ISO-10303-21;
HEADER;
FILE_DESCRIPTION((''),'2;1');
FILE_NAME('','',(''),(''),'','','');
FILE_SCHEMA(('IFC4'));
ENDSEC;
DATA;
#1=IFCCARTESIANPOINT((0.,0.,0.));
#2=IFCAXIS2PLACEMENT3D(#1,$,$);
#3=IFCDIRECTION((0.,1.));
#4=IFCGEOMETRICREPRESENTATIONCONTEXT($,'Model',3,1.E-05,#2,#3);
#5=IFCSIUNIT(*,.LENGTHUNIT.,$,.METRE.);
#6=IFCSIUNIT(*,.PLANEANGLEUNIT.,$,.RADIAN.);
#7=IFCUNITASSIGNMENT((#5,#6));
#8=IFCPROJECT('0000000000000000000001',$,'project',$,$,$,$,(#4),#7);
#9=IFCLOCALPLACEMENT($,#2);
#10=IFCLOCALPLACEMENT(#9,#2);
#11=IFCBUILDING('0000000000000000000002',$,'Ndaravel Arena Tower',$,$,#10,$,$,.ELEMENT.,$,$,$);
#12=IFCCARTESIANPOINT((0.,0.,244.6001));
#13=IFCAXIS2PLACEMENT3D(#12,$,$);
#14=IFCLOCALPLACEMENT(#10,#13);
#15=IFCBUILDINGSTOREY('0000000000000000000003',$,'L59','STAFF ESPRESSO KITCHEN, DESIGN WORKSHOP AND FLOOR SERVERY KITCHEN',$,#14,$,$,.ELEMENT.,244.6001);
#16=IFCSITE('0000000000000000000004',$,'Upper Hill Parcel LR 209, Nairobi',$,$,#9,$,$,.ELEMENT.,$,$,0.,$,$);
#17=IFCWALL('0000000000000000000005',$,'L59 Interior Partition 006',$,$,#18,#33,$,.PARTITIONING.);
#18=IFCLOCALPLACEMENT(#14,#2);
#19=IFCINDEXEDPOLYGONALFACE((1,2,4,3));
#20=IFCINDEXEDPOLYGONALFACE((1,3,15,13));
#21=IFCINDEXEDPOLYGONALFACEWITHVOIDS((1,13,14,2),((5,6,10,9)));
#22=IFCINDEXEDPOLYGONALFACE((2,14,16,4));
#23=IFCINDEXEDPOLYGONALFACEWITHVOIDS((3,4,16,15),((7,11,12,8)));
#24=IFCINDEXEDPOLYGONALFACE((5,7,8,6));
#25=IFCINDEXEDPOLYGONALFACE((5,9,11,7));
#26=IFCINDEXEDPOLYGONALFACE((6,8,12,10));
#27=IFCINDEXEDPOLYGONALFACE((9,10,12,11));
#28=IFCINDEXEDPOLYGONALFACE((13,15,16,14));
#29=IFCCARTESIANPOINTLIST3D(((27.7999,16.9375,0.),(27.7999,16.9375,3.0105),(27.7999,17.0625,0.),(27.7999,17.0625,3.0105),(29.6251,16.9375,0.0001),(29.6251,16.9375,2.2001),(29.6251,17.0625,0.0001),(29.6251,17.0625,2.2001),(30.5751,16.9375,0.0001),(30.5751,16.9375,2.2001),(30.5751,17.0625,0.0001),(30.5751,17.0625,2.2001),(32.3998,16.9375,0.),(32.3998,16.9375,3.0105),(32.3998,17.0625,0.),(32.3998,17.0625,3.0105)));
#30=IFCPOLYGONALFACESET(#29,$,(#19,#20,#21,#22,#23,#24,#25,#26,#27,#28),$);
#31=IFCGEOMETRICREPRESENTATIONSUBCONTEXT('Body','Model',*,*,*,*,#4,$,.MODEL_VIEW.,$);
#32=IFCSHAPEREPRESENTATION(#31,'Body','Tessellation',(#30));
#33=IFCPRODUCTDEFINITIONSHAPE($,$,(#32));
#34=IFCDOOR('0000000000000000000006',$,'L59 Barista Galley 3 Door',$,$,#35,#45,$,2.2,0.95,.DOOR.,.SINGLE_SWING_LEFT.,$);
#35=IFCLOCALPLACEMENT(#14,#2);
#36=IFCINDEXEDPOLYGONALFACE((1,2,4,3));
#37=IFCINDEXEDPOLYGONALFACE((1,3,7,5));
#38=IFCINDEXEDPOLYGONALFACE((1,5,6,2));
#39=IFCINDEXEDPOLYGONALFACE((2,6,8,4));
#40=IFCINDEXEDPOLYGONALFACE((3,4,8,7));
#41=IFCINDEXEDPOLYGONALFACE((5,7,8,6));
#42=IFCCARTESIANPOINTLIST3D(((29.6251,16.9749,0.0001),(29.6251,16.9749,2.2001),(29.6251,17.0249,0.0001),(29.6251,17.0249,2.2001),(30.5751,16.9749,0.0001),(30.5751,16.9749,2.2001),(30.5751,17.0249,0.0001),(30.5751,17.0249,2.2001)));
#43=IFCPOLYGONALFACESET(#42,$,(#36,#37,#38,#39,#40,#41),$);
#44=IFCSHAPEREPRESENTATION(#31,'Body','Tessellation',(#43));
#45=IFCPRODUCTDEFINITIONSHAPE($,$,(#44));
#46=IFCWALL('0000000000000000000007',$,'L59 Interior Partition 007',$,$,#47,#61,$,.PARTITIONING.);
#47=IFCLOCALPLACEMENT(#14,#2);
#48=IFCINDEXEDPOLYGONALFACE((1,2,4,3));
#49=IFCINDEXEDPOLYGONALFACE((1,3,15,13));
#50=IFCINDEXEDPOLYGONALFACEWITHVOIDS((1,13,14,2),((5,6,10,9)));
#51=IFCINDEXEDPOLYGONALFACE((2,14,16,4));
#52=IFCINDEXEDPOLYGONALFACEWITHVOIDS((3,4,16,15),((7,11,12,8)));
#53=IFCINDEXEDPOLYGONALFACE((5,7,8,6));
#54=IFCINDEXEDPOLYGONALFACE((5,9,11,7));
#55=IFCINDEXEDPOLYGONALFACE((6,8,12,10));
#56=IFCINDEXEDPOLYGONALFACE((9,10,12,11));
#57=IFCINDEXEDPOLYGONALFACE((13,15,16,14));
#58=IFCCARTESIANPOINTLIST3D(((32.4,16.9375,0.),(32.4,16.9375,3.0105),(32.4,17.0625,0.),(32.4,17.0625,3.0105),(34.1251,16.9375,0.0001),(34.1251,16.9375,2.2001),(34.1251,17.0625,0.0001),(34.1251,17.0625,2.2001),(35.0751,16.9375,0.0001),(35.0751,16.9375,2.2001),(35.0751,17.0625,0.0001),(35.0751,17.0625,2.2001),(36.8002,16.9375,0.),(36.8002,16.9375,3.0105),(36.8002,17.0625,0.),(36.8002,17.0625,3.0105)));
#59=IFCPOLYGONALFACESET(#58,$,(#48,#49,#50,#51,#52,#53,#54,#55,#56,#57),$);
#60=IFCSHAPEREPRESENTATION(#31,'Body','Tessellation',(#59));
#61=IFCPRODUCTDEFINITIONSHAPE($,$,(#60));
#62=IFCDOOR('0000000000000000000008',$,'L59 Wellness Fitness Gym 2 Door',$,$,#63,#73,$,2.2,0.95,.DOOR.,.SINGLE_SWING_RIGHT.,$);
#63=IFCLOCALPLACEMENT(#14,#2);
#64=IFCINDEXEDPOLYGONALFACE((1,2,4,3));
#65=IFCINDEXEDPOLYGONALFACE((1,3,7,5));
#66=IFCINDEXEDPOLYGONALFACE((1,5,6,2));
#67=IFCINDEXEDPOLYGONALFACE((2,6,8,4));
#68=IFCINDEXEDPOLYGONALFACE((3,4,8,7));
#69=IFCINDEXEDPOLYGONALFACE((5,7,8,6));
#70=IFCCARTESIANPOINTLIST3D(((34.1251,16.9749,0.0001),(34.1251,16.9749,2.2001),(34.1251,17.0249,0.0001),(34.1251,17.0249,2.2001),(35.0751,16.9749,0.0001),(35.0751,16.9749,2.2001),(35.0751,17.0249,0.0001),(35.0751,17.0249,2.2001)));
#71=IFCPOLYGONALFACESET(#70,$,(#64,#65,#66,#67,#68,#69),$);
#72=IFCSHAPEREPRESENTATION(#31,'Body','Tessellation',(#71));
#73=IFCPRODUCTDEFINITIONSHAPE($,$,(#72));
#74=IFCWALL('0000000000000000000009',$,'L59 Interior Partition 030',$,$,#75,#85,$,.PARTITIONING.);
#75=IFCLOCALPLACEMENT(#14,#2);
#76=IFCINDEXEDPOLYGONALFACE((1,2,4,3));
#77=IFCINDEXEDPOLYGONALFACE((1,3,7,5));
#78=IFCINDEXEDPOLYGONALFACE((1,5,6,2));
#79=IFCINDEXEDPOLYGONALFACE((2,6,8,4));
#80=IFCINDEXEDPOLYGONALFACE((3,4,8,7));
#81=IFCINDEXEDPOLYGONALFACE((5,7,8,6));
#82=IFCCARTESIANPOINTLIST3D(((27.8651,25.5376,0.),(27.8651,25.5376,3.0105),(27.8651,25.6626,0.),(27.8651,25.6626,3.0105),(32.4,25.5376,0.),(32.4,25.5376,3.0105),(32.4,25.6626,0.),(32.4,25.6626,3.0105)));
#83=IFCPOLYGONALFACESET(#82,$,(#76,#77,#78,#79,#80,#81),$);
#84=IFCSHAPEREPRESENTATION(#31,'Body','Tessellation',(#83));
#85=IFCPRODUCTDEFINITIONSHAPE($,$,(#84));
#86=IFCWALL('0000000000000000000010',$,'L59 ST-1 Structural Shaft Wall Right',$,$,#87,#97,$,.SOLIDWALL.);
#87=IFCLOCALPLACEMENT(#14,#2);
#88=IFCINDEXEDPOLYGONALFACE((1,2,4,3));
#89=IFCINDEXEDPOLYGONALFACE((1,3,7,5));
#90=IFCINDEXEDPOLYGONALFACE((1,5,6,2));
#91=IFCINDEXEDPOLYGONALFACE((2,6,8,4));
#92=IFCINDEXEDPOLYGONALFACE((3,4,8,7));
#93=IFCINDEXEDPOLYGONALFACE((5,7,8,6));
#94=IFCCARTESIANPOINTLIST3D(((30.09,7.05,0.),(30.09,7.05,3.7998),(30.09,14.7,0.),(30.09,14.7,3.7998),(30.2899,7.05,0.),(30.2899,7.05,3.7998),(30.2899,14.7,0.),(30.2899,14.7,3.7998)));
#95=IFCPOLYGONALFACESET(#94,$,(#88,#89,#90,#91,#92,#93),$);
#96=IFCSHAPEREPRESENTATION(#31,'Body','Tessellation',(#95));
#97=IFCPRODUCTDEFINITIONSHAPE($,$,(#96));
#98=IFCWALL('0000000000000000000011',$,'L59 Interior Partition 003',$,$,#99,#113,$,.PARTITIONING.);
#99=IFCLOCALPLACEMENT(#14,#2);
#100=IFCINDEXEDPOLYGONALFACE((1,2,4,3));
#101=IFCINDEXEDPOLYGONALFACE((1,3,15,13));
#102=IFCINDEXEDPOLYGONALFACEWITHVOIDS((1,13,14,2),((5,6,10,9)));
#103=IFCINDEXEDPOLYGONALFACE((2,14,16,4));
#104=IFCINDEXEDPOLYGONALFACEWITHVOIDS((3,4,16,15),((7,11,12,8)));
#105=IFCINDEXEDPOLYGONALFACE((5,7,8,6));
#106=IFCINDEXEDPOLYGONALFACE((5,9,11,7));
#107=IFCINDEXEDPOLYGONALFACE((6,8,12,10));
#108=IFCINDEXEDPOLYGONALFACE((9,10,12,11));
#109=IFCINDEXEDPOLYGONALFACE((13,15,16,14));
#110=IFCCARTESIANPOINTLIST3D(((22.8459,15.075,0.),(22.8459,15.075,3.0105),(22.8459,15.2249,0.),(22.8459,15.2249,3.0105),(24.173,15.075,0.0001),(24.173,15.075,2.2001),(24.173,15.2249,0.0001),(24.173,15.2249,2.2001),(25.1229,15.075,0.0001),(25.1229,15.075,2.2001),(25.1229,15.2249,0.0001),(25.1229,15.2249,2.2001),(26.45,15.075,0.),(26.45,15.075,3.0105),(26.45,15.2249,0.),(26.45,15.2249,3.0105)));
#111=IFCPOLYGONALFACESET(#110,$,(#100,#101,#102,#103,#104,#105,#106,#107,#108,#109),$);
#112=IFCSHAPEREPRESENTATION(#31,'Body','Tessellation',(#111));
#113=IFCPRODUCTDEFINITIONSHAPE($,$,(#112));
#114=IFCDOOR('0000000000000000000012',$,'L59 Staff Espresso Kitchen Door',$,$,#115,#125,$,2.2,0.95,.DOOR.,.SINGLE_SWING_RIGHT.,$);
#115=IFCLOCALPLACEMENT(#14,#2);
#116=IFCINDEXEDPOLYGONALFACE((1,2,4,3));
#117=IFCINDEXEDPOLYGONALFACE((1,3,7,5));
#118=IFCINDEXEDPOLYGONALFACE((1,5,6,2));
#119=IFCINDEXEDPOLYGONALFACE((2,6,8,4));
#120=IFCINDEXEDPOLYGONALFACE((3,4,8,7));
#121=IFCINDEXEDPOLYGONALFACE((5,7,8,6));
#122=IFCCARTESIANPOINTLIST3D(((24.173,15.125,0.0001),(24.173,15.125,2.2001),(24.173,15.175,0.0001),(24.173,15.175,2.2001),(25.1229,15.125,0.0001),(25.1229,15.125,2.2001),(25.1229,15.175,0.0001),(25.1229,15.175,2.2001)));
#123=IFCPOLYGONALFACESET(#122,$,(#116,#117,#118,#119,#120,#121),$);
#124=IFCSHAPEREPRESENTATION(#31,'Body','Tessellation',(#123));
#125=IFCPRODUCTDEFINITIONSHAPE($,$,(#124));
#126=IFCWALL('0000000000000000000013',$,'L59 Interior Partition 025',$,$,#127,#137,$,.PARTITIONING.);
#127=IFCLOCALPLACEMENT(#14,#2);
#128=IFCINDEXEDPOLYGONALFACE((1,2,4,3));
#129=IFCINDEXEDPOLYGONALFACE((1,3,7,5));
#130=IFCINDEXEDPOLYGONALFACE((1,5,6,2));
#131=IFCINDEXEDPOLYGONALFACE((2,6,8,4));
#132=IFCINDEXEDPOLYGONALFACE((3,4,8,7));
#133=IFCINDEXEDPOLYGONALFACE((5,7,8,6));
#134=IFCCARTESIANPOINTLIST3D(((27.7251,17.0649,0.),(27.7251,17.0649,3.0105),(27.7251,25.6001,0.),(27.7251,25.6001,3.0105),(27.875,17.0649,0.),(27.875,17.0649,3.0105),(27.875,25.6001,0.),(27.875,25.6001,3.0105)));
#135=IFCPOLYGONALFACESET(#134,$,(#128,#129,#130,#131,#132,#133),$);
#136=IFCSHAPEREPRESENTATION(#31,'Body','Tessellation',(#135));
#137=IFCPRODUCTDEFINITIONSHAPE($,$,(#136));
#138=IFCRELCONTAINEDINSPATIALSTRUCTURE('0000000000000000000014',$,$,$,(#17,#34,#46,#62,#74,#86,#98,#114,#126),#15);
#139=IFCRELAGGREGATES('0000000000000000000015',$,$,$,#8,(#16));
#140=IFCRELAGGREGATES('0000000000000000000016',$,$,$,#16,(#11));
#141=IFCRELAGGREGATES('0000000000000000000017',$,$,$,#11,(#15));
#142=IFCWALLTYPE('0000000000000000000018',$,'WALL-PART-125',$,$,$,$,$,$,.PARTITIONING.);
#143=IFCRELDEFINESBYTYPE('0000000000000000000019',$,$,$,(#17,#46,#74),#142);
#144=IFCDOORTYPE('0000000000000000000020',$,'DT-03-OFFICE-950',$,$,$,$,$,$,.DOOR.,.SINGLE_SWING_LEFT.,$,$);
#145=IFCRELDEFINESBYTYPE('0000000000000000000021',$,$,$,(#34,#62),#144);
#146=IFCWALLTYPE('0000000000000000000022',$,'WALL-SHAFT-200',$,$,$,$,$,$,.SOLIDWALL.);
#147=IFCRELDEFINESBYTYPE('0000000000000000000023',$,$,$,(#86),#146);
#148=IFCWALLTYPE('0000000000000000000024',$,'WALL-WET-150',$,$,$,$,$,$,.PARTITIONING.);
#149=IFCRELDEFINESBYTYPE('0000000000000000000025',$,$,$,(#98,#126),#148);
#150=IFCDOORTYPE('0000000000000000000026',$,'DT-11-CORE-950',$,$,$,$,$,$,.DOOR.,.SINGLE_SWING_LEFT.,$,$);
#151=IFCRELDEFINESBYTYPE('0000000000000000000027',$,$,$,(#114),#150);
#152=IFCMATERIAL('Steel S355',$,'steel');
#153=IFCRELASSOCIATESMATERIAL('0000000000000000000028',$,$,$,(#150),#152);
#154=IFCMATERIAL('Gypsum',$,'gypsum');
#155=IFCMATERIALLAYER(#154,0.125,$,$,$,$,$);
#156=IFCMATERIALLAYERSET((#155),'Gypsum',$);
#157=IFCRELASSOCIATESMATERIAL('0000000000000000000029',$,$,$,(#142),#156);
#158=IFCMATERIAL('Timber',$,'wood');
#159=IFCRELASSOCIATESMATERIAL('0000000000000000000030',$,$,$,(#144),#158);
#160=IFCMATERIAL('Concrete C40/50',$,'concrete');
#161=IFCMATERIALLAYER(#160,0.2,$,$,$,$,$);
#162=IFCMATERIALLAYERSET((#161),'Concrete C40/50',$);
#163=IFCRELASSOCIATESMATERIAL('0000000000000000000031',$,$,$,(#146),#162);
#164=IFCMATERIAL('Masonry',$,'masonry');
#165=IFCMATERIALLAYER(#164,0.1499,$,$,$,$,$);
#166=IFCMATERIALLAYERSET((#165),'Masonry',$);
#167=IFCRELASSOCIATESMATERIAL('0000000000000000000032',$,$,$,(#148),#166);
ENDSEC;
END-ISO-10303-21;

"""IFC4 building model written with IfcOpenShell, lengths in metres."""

from ifc_helpers import new_model, si_unit, direction, frame, frame_2d, origin, place, context, subcontext, project, spatial, rectangle, extrude, material, layer, layer_set, type_object, element, fill, save


model = new_model("IFC4")

# Units and contexts
model_context = context("Model", 3, precision=1e-05, world=origin(), true_north=direction((0.0, 1.0)))
body_context = subcontext(model_context, "Body", "Model", "MODEL_VIEW")
ifc_project = project(units=[si_unit("LENGTHUNIT", "METRE"), si_unit("PLANEANGLEUNIT", "RADIAN")], contexts=[model_context])

# Site, building, storey
site_placement = place(None, origin())
site = spatial("IfcSite", under=ifc_project, at=site_placement, Name="Upper Hill Parcel LR 209, Nairobi", CompositionType="ELEMENT", RefElevation=0.0)
building_placement = place(site_placement, origin())
building = spatial("IfcBuilding", under=site, at=building_placement, Name="Ndaravel Arena Tower", CompositionType="ELEMENT")
storey_placement = place(building_placement, frame((0.0, 0.0, 244.6001)))
storey = spatial("IfcBuildingStorey", under=building, at=storey_placement, Name="L59", Description="STAFF ESPRESSO KITCHEN, DESIGN WORKSHOP AND FLOOR SERVERY KITCHEN", CompositionType="ELEMENT", Elevation=244.6001)

# Shared definitions
ifc_material_1 = material(Name="Steel S355", Category="steel")
door_type_1 = type_object("IfcDoorType", Name="DT-11-CORE-950", OperationType="SINGLE_SWING_LEFT", PredefinedType="DOOR", material=ifc_material_1)

# Walls, openings, doors
ifc_material_2 = material(Name="Gypsum", Category="gypsum")
ifc_layer_1 = layer(ifc_material_2, 0.125)
ifc_layer_set_1 = layer_set([ifc_layer_1], Name="Gypsum")
wall_type_1 = type_object("IfcWallType", Name="WALL-PART-125", PredefinedType="PARTITIONING", material=ifc_layer_set_1)
wall_1_placement = place(storey_placement, frame((27.8, 17.0, 0.0), z_axis=(0.0, 0.0, 1.0), x_axis=(1.0, 0.0, 0.0)))
wall_1 = element("IfcWall", 1, at=wall_1_placement, inside=storey, type_object=wall_type_1, Name="L59 Interior Partition 006", PredefinedType="PARTITIONING", context=body_context, shape_type="SweptSolid", body=[
    extrude(rectangle(XDim=4.5999, YDim=0.125, at=frame_2d((2.2998, 0.0))), origin(), (0.0, 0.0, 1.0), 3.0105),
])
opening_1_placement = place(wall_1_placement, frame((1.825, 0.0, 0.0)))
opening_1 = element("IfcOpeningElement", 2, at=opening_1_placement, cuts=wall_1, PredefinedType="OPENING", context=body_context, shape_type="SweptSolid", body=[
    extrude(rectangle(XDim=0.95, YDim=2.2, at=frame_2d((0.4751, 1.1001))), frame((0.0, 0.0625, 0.0), z_axis=(0.0, -1.0, 0.0), x_axis=(1.0, 0.0, 0.0)), (0.0, 0.0, 1.0), 0.125),
])
ifc_material_3 = material(Name="Timber", Category="wood")
door_type_2 = type_object("IfcDoorType", Name="DT-03-OFFICE-950", OperationType="SINGLE_SWING_LEFT", PredefinedType="DOOR", material=ifc_material_3)
door_1_placement = place(opening_1_placement, origin())
door_1 = element("IfcDoor", 3, at=door_1_placement, inside=storey, type_object=door_type_2, Name="L59 Barista Galley 3 Door", OperationType="SINGLE_SWING_LEFT", OverallHeight=2.2, OverallWidth=0.95, PredefinedType="DOOR", context=body_context, shape_type="SweptSolid", body=[
    extrude(rectangle(XDim=0.95, YDim=2.2, at=frame_2d((0.4751, 1.1001))), frame((0.0, 0.0249, 0.0), z_axis=(0.0, -1.0, 0.0), x_axis=(1.0, 0.0, 0.0)), (0.0, 0.0, 1.0), 0.05),
])
fill(opening_1, door_1)
wall_2_placement = place(storey_placement, frame((32.3999, 17.0, 0.0), z_axis=(0.0, 0.0, 1.0), x_axis=(1.0, 0.0, 0.0)))
wall_2 = element("IfcWall", 4, at=wall_2_placement, inside=storey, type_object=wall_type_1, Name="L59 Interior Partition 007", PredefinedType="PARTITIONING", context=body_context, shape_type="SweptSolid", body=[
    extrude(rectangle(XDim=4.4001, YDim=0.125, at=frame_2d((2.2002, 0.0))), origin(), (0.0, 0.0, 1.0), 3.0105),
])
opening_2_placement = place(wall_2_placement, frame((1.7251, 0.0, 0.0)))
opening_2 = element("IfcOpeningElement", 5, at=opening_2_placement, cuts=wall_2, PredefinedType="OPENING", context=body_context, shape_type="SweptSolid", body=[
    extrude(rectangle(XDim=0.95, YDim=2.2, at=frame_2d((0.4751, 1.1001))), frame((0.0, 0.0625, 0.0), z_axis=(0.0, -1.0, 0.0), x_axis=(1.0, 0.0, 0.0)), (0.0, 0.0, 1.0), 0.125),
])
door_2_placement = place(opening_2_placement, origin())
door_2 = element("IfcDoor", 6, at=door_2_placement, inside=storey, type_object=door_type_2, Name="L59 Wellness Fitness Gym 2 Door", OperationType="SINGLE_SWING_RIGHT", OverallHeight=2.2, OverallWidth=0.95, PredefinedType="DOOR", context=body_context, shape_type="SweptSolid", body=[
    extrude(rectangle(XDim=0.95, YDim=2.2, at=frame_2d((0.4751, 1.1001))), frame((0.0, 0.0249, 0.0), z_axis=(0.0, -1.0, 0.0), x_axis=(1.0, 0.0, 0.0)), (0.0, 0.0, 1.0), 0.05),
])
fill(opening_2, door_2)

# Walls
wall_3_placement = place(storey_placement, frame((27.865, 25.6001, 0.0), z_axis=(0.0, 0.0, 1.0), x_axis=(1.0, 0.0, 0.0)))
element("IfcWall", 7, at=wall_3_placement, inside=storey, type_object=wall_type_1, Name="L59 Interior Partition 030", PredefinedType="PARTITIONING", context=body_context, shape_type="SweptSolid", body=[
    extrude(rectangle(XDim=4.5349, YDim=0.125, at=frame_2d((2.2676, 0.0))), origin(), (0.0, 0.0, 1.0), 3.0105),
])
ifc_material_4 = material(Name="Concrete C40/50", Category="concrete")
ifc_layer_2 = layer(ifc_material_4, 0.2)
ifc_layer_set_2 = layer_set([ifc_layer_2], Name="Concrete C40/50")
wall_type_2 = type_object("IfcWallType", Name="WALL-SHAFT-200", PredefinedType="SOLIDWALL", material=ifc_layer_set_2)
wall_4_placement = place(storey_placement, frame((30.1899, 14.7, 0.0), z_axis=(0.0, 0.0, 1.0), x_axis=(0.0, -1.0, 0.0)))
element("IfcWall", 8, at=wall_4_placement, inside=storey, type_object=wall_type_2, Name="L59 ST-1 Structural Shaft Wall Right", PredefinedType="SOLIDWALL", context=body_context, shape_type="SweptSolid", body=[
    extrude(rectangle(XDim=7.6499, YDim=0.2, at=frame_2d((3.825, 0.0))), origin(), (0.0, 0.0, 1.0), 3.7998),
])

# Wall, opening, door
ifc_material_5 = material(Name="Masonry", Category="masonry")
ifc_layer_3 = layer(ifc_material_5, 0.1499)
ifc_layer_set_3 = layer_set([ifc_layer_3], Name="Masonry")
wall_type_3 = type_object("IfcWallType", Name="WALL-WET-150", PredefinedType="PARTITIONING", material=ifc_layer_set_3)
wall_5_placement = place(storey_placement, frame((26.45, 15.1499, 0.0), z_axis=(0.0, 0.0, 1.0), x_axis=(-1.0, 0.0, 0.0)))
wall_5 = element("IfcWall", 9, at=wall_5_placement, inside=storey, type_object=wall_type_3, Name="L59 Interior Partition 003", PredefinedType="PARTITIONING", context=body_context, shape_type="SweptSolid", body=[
    extrude(rectangle(XDim=3.604, YDim=0.1499, at=frame_2d((1.802, 0.0))), origin(), (0.0, 0.0, 1.0), 3.0105),
])
opening_3_placement = place(wall_5_placement, frame((1.3269, 0.0, 0.0)))
opening_3 = element("IfcOpeningElement", 10, at=opening_3_placement, cuts=wall_5, PredefinedType="OPENING", context=body_context, shape_type="SweptSolid", body=[
    extrude(rectangle(XDim=0.95, YDim=2.2, at=frame_2d((0.4751, 1.1001))), frame((0.0, 0.075, 0.0), z_axis=(0.0, -1.0, 0.0), x_axis=(1.0, 0.0, 0.0)), (0.0, 0.0, 1.0), 0.1499),
])
door_3_placement = place(opening_3_placement, origin())
door_3 = element("IfcDoor", 11, at=door_3_placement, inside=storey, type_object=door_type_1, Name="L59 Staff Espresso Kitchen Door", OperationType="SINGLE_SWING_RIGHT", OverallHeight=2.2, OverallWidth=0.95, PredefinedType="DOOR", context=body_context, shape_type="SweptSolid", body=[
    extrude(rectangle(XDim=0.95, YDim=2.2, at=frame_2d((0.4751, 1.1001))), frame((0.0, 0.0249, 0.0), z_axis=(0.0, -1.0, 0.0), x_axis=(1.0, 0.0, 0.0)), (0.0, 0.0, 1.0), 0.05),
])
fill(opening_3, door_3)

# Wall
wall_6_placement = place(storey_placement, frame((27.8, 25.6001, 0.0), z_axis=(0.0, 0.0, 1.0), x_axis=(0.0, -1.0, 0.0)))
element("IfcWall", 12, at=wall_6_placement, inside=storey, type_object=wall_type_3, Name="L59 Interior Partition 025", PredefinedType="PARTITIONING", context=body_context, shape_type="SweptSolid", body=[
    extrude(rectangle(XDim=8.5352, YDim=0.1499, at=frame_2d((4.2676, 0.0))), origin(), (0.0, 0.0, 1.0), 3.0105),
])

save(model, "model.ifc")
